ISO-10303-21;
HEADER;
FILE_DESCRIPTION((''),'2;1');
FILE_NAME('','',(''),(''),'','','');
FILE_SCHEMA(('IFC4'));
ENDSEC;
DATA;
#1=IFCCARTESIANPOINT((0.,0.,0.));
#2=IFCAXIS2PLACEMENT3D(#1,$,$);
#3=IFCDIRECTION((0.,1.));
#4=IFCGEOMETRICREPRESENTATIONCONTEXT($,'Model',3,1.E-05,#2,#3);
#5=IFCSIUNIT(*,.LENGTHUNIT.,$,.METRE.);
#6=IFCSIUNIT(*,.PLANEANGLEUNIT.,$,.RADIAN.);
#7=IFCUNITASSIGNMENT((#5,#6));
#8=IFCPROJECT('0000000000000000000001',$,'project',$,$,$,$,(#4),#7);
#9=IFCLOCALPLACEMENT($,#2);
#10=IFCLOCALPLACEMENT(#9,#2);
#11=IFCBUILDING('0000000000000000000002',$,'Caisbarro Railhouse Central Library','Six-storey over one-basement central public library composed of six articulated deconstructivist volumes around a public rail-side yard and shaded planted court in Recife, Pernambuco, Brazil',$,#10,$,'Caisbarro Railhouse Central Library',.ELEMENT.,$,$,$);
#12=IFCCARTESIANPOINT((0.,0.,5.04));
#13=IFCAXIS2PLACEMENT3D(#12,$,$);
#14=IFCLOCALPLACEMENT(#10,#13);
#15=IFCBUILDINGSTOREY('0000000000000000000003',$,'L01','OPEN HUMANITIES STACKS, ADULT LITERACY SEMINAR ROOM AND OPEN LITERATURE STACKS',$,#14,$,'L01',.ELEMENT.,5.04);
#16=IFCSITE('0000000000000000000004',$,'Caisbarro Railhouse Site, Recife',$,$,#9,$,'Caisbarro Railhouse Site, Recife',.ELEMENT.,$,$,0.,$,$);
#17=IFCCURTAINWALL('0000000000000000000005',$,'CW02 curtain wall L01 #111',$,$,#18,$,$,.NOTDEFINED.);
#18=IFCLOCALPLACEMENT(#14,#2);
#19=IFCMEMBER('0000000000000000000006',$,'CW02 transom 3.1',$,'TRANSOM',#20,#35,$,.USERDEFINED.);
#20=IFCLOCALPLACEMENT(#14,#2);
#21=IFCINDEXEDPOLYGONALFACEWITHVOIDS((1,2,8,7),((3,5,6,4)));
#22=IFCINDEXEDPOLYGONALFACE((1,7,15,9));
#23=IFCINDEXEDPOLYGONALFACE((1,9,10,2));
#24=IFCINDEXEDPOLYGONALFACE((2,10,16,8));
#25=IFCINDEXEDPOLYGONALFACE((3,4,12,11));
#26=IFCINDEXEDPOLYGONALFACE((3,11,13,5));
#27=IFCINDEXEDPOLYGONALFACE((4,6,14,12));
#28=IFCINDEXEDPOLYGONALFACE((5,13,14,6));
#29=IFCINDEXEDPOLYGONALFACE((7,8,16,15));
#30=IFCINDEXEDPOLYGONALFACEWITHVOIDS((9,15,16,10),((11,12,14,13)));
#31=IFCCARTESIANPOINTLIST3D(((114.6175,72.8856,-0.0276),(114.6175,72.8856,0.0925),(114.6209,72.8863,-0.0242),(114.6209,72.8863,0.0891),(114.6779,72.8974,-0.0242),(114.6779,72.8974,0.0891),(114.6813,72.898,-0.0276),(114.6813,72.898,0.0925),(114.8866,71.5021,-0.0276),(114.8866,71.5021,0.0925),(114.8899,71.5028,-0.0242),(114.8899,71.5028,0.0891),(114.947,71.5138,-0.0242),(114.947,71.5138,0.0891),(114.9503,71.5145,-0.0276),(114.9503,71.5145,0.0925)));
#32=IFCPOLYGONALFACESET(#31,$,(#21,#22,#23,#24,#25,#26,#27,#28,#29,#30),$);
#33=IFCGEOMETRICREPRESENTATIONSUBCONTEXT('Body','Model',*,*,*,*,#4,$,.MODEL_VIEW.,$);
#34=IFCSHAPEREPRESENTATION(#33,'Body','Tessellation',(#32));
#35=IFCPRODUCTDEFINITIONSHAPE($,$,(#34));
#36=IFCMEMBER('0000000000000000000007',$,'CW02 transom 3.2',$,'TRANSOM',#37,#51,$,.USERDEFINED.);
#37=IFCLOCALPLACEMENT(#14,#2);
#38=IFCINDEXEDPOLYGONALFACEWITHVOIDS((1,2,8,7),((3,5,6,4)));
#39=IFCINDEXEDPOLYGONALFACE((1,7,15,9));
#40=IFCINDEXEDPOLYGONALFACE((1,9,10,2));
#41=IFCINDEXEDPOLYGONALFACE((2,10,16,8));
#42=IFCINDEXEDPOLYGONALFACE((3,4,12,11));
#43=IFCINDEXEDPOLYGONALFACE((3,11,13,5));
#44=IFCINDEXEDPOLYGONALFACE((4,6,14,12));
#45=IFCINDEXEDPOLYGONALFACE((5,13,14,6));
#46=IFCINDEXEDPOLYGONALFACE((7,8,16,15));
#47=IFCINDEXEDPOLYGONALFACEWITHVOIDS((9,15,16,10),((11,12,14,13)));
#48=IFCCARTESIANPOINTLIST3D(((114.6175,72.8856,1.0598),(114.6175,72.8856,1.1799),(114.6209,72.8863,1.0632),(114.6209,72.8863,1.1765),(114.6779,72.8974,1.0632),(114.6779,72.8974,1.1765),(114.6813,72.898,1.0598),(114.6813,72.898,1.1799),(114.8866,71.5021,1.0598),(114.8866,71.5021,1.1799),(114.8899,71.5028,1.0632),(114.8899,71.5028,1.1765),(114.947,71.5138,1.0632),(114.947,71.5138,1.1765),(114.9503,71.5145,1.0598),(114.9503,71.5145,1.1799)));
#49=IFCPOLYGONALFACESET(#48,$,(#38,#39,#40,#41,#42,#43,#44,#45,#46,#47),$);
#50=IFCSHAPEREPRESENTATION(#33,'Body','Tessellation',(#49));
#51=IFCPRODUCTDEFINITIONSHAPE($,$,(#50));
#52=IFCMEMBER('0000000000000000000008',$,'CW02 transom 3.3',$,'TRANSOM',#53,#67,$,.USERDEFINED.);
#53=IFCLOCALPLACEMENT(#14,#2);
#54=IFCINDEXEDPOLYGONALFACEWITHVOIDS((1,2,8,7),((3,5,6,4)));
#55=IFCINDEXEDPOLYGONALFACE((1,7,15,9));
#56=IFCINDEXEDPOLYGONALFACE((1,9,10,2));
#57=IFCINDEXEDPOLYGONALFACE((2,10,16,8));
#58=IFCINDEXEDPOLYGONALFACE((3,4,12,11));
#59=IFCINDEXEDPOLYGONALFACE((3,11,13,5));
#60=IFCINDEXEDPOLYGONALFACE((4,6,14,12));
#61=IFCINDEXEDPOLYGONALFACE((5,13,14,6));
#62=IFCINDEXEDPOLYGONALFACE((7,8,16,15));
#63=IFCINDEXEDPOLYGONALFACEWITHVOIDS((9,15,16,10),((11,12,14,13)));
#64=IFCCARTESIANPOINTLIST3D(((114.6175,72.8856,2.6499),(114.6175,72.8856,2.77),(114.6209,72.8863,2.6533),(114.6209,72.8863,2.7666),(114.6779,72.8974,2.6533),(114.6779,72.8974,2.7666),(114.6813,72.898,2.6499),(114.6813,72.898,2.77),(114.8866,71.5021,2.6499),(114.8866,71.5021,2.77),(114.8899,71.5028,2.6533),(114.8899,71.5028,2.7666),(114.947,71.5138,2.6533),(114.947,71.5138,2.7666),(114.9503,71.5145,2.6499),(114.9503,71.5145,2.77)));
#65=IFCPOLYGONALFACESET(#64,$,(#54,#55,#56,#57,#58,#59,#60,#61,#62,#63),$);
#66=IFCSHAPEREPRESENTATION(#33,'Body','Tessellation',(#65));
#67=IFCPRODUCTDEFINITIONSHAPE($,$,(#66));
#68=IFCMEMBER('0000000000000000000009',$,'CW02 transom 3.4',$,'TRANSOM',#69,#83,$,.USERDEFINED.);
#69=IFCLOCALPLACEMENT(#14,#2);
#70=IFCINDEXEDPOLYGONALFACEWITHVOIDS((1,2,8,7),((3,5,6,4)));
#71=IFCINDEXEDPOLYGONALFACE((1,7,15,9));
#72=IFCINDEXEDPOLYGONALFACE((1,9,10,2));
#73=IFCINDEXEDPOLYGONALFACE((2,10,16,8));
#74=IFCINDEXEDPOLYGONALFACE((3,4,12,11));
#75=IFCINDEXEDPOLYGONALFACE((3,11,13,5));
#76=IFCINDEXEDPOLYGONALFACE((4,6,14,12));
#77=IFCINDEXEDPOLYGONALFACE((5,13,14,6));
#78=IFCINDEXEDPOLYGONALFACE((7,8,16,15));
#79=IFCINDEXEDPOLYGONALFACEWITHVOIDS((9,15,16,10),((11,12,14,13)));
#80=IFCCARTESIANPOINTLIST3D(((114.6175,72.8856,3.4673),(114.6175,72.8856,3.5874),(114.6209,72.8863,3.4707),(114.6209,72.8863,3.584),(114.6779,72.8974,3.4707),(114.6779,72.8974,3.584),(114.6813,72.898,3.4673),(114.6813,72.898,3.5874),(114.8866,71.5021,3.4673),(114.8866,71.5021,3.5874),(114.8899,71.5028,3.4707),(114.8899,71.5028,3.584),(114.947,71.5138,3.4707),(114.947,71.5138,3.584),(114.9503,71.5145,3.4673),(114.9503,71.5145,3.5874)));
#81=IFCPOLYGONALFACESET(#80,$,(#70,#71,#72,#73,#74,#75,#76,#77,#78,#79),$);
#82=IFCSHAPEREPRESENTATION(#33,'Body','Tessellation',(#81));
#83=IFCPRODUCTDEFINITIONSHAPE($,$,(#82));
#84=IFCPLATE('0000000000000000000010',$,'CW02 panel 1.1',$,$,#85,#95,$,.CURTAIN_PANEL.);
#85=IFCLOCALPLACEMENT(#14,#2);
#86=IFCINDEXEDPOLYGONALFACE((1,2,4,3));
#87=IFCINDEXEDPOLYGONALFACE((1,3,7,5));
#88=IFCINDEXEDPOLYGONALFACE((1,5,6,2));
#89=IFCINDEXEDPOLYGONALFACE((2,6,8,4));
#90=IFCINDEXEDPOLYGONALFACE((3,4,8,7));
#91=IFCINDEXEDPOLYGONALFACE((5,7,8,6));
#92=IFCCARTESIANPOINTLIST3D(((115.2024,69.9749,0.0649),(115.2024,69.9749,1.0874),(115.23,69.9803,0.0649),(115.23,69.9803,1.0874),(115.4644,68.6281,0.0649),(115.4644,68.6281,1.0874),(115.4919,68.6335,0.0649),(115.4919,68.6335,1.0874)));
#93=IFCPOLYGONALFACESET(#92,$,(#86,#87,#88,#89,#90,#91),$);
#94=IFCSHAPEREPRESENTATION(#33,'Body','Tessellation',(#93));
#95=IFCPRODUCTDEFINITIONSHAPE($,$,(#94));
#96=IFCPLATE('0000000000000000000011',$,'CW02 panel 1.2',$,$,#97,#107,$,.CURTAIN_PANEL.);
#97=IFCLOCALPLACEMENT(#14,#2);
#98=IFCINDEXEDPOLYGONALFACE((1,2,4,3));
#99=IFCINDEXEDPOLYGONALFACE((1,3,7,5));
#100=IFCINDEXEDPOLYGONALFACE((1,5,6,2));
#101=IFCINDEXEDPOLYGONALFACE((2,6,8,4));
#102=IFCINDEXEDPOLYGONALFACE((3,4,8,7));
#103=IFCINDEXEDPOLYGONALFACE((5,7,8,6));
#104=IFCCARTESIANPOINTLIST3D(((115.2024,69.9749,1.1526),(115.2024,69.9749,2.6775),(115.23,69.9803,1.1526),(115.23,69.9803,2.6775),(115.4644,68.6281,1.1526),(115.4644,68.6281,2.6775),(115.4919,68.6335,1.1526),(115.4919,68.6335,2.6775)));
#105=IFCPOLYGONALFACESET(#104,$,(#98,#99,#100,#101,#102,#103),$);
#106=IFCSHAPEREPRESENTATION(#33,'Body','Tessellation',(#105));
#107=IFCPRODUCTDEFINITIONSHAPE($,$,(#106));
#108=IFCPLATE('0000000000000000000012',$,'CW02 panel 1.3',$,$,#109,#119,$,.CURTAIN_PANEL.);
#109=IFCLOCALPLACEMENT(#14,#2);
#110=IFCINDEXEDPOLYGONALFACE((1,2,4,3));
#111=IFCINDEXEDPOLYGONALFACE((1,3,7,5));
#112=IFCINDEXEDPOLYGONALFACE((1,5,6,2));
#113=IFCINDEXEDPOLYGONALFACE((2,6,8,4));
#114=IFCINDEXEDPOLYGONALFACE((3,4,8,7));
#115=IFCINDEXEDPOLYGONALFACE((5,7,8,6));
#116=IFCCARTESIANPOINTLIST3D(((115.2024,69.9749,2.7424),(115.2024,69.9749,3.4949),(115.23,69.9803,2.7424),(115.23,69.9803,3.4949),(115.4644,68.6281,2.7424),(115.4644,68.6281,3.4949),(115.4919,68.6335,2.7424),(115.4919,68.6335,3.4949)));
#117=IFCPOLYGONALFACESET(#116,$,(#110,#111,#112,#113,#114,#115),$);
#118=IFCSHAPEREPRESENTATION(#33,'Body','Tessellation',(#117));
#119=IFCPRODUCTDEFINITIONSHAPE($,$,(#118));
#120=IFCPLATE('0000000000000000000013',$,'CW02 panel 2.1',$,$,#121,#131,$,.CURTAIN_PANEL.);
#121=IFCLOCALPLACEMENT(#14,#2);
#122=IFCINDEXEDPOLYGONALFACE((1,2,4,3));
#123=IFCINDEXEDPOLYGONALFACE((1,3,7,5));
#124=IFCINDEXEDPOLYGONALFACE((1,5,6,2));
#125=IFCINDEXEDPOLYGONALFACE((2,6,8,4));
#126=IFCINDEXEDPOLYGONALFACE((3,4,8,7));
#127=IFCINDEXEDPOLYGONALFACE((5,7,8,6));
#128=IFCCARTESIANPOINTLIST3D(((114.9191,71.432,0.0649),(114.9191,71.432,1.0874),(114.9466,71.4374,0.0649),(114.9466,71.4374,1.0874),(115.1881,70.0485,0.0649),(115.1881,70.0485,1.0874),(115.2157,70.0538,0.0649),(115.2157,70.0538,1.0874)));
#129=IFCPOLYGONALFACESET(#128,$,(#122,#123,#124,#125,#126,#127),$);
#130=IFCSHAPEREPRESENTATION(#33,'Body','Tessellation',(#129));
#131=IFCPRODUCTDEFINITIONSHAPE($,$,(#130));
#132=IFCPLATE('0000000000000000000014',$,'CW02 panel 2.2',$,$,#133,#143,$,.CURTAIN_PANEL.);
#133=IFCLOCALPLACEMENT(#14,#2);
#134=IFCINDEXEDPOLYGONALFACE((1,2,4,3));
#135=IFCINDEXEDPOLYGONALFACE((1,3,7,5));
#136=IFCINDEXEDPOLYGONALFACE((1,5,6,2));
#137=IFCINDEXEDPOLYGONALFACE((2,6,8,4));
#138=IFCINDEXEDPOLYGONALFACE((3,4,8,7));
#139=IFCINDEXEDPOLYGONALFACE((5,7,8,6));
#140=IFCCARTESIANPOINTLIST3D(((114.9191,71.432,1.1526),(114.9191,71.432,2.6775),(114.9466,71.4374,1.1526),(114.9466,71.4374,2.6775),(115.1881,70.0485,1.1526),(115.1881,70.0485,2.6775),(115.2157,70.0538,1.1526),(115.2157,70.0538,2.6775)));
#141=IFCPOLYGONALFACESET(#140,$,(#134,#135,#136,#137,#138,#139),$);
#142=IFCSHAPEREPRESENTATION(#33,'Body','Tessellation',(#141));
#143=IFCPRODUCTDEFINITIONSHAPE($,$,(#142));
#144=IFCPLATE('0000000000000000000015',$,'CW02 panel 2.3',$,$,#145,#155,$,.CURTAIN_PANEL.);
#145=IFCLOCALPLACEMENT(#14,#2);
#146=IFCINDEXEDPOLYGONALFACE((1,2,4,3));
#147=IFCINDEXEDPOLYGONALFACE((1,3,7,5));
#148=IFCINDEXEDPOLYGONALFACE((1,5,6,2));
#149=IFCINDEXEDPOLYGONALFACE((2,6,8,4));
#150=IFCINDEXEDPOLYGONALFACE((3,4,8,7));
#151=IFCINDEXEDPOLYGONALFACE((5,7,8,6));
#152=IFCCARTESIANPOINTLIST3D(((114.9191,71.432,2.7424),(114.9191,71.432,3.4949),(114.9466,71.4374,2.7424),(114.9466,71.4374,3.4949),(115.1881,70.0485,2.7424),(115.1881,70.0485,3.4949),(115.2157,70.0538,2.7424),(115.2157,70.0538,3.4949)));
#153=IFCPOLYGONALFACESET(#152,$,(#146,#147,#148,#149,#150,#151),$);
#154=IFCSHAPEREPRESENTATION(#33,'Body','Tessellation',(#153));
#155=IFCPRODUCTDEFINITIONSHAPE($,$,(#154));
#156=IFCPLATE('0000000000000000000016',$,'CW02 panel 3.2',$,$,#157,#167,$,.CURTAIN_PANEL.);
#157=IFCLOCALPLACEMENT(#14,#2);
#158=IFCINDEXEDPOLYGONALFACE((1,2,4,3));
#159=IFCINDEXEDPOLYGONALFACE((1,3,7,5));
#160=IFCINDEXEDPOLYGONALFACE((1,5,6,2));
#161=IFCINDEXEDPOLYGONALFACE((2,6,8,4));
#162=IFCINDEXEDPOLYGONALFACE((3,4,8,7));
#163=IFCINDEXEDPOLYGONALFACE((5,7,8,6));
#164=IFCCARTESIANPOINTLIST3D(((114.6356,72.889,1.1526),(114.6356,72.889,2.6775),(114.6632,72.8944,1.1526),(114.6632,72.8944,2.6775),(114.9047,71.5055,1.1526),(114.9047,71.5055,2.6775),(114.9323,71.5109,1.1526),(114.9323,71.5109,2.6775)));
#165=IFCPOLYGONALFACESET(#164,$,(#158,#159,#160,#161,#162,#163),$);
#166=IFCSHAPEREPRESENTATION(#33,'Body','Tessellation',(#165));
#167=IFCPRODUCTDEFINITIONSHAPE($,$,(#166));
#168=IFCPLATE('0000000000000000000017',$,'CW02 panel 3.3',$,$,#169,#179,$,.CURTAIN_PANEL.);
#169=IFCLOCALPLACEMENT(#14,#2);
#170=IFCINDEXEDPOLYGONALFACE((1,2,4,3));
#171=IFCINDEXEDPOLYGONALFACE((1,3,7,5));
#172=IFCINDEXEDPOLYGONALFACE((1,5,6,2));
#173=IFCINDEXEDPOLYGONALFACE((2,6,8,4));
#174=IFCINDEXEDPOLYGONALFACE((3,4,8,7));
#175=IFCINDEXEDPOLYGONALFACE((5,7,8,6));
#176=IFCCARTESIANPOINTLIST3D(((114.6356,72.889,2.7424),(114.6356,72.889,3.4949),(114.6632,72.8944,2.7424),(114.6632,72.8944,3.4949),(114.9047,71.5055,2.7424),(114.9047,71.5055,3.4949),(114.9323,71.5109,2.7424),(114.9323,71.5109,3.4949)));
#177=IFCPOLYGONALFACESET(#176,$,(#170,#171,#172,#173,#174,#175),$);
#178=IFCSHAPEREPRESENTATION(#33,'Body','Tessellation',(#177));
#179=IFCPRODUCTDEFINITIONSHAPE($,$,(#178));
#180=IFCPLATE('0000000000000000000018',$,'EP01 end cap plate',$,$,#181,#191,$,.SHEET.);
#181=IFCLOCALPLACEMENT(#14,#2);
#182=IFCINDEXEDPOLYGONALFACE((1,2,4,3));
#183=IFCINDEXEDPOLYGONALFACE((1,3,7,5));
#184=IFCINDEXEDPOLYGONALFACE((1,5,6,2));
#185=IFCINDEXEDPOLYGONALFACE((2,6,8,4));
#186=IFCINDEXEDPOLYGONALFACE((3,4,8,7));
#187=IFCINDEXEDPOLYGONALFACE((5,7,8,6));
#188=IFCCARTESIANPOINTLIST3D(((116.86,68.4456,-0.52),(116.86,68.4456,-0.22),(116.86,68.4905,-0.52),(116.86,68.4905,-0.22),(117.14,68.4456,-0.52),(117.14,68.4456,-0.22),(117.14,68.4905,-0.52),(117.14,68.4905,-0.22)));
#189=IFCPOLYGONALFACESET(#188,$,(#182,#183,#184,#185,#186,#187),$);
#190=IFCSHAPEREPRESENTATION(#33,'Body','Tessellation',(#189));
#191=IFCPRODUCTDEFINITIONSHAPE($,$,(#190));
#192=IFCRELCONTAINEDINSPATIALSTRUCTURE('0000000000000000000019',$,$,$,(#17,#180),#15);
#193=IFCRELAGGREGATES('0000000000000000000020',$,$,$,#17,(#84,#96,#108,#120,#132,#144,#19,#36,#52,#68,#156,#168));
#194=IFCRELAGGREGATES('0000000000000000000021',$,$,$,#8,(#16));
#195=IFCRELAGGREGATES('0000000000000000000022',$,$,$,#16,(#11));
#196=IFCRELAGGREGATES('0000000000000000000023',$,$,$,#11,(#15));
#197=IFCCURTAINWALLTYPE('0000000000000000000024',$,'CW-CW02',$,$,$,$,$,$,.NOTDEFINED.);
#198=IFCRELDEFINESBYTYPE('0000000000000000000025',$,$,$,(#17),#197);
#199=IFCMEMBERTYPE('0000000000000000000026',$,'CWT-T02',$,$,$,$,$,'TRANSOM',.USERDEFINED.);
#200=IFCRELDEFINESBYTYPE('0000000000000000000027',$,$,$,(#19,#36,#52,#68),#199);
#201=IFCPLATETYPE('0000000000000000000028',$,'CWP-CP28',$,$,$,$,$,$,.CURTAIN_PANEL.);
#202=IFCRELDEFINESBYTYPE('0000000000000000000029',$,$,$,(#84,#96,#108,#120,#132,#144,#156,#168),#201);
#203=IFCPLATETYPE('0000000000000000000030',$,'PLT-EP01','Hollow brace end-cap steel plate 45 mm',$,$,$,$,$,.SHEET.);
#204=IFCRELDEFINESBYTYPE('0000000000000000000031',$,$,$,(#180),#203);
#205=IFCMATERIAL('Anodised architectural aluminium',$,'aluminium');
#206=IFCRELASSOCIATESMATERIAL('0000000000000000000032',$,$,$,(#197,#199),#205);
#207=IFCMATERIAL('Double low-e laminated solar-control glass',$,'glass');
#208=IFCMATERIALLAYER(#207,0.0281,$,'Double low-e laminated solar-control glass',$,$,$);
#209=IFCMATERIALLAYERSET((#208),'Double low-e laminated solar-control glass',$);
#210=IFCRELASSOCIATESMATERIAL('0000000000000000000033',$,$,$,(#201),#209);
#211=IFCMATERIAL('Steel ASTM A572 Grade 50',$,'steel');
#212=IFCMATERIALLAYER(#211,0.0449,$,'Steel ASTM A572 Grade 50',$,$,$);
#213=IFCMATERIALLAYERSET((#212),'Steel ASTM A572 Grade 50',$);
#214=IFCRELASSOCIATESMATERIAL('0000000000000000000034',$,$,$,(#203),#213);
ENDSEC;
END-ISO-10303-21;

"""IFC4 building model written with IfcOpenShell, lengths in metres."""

from ifc_helpers import new_model, si_unit, direction, frame, origin, origin_2d, place, context, subcontext, project, spatial, rectangle, hollow_rectangle, extrude, material, layer, layer_set, material_profile, profile_set, type_object, element, aggregate, save


model = new_model("IFC4")

# Units and contexts
model_context = context("Model", 3, precision=1e-05, world=origin(), true_north=direction((0.0, 1.0)))
body_context = subcontext(model_context, "Body", "Model", "MODEL_VIEW")
ifc_project = project(units=[si_unit("LENGTHUNIT", "METRE"), si_unit("PLANEANGLEUNIT", "RADIAN")], contexts=[model_context])

# Site, building, storey
site_placement = place(None, origin())
site = spatial("IfcSite", under=ifc_project, at=site_placement, Name="Caisbarro Railhouse Site, Recife", LongName="Caisbarro Railhouse Site, Recife", CompositionType="ELEMENT", RefElevation=0.0)
building_placement = place(site_placement, origin())
building = spatial("IfcBuilding", under=site, at=building_placement, Name="Caisbarro Railhouse Central Library", Description="Six-storey over one-basement central public library composed of six articulated deconstructivist volumes around a public rail-side yard and shaded planted court in Recife, Pernambuco, Brazil", LongName="Caisbarro Railhouse Central Library", CompositionType="ELEMENT")
storey_placement = place(building_placement, frame((0.0, 0.0, 5.04)))
storey = spatial("IfcBuildingStorey", under=building, at=storey_placement, Name="L01", Description="OPEN HUMANITIES STACKS, ADULT LITERACY SEMINAR ROOM AND OPEN LITERATURE STACKS", LongName="L01", CompositionType="ELEMENT", Elevation=5.04)

# Shared definitions
ifc_material_1 = material(Name="Steel ASTM A572 Grade 50", Category="steel")

# Curtain wall, members, plates
ifc_material_2 = material(Name="Anodised architectural aluminium", Category="aluminium")
curtain_wall_type = type_object("IfcCurtainWallType", Name="CW-CW02", PredefinedType="NOTDEFINED", material=ifc_material_2)
curtain_wall_placement = place(storey_placement, origin())
curtain_wall = element("IfcCurtainWall", 1, at=curtain_wall_placement, inside=storey, type_object=curtain_wall_type, Name="CW02 curtain wall L01 #111", PredefinedType="NOTDEFINED")
ifc_material_profile_1 = material_profile(ifc_material_2, hollow_rectangle(XDim=0.0649, YDim=0.1201, WallThickness=0.0034, at=origin_2d()), Name="ALU-TRN-65X120")
ifc_profile_set_1 = profile_set([ifc_material_profile_1], Name="Anodised architectural aluminium")
member_type_1 = type_object("IfcMemberType", Name="CWT-T02", ElementType="TRANSOM", PredefinedType="USERDEFINED", material=ifc_profile_set_1)
member_1_placement = place(storey_placement, frame((114.9185, 71.5083, 0.0325), z_axis=(-0.190884, 0.981613, 0.0), x_axis=(-0.981613, -0.190884, 0.0)))
member_1 = element("IfcMember", 2, at=member_1_placement, type_object=member_type_1, Name="CW02 transom 3.1", ObjectType="TRANSOM", PredefinedType="USERDEFINED", context=body_context, shape_type="SweptSolid", body=[
    extrude(hollow_rectangle(XDim=0.0649, YDim=0.1201, WallThickness=0.0034, at=origin_2d()), origin(), (0.0, 0.0, 1.0), 1.4094),
])
member_2_placement = place(storey_placement, frame((114.9185, 71.5083, 1.1199), z_axis=(-0.190884, 0.981613, 0.0), x_axis=(-0.981613, -0.190884, 0.0)))
member_2 = element("IfcMember", 3, at=member_2_placement, type_object=member_type_1, Name="CW02 transom 3.2", ObjectType="TRANSOM", PredefinedType="USERDEFINED", context=body_context, shape_type="SweptSolid", body=[
    extrude(hollow_rectangle(XDim=0.0649, YDim=0.1201, WallThickness=0.0034, at=origin_2d()), origin(), (0.0, 0.0, 1.0), 1.4094),
])
member_3_placement = place(storey_placement, frame((114.9185, 71.5083, 2.71), z_axis=(-0.190884, 0.981613, 0.0), x_axis=(-0.981613, -0.190884, 0.0)))
member_3 = element("IfcMember", 4, at=member_3_placement, type_object=member_type_1, Name="CW02 transom 3.3", ObjectType="TRANSOM", PredefinedType="USERDEFINED", context=body_context, shape_type="SweptSolid", body=[
    extrude(hollow_rectangle(XDim=0.0649, YDim=0.1201, WallThickness=0.0034, at=origin_2d()), origin(), (0.0, 0.0, 1.0), 1.4094),
])
member_4_placement = place(storey_placement, frame((114.9185, 71.5083, 3.5273), z_axis=(-0.190884, 0.981613, 0.0), x_axis=(-0.981613, -0.190884, 0.0)))
member_4 = element("IfcMember", 5, at=member_4_placement, type_object=member_type_1, Name="CW02 transom 3.4", ObjectType="TRANSOM", PredefinedType="USERDEFINED", context=body_context, shape_type="SweptSolid", body=[
    extrude(hollow_rectangle(XDim=0.0649, YDim=0.1201, WallThickness=0.0034, at=origin_2d()), origin(), (0.0, 0.0, 1.0), 1.4094),
])
ifc_material_3 = material(Name="Double low-e laminated solar-control glass", Category="glass")
ifc_layer_1 = layer(ifc_material_3, 0.0281, Name="Double low-e laminated solar-control glass")
ifc_layer_set_1 = layer_set([ifc_layer_1], Name="Double low-e laminated solar-control glass")
plate_type_1 = type_object("IfcPlateType", Name="CWP-CP28", PredefinedType="CURTAIN_PANEL", material=ifc_layer_set_1)
plate_1_placement = place(storey_placement, frame((115.3472, 69.3042, 0.0649), z_axis=(0.0, 0.0, 1.0), x_axis=(-0.190911, 0.981607, 0.0)))
plate_1 = element("IfcPlate", 6, at=plate_1_placement, type_object=plate_type_1, Name="CW02 panel 1.1", PredefinedType="CURTAIN_PANEL", context=body_context, shape_type="SweptSolid", body=[
    extrude(rectangle(XDim=1.3721, YDim=0.0281, at=origin_2d()), origin(), (0.0, 0.0, 1.0), 1.0225),
])
plate_2_placement = place(storey_placement, frame((115.3472, 69.3042, 1.1526), z_axis=(0.0, 0.0, 1.0), x_axis=(-0.190911, 0.981607, 0.0)))
plate_2 = element("IfcPlate", 7, at=plate_2_placement, type_object=plate_type_1, Name="CW02 panel 1.2", PredefinedType="CURTAIN_PANEL", context=body_context, shape_type="SweptSolid", body=[
    extrude(rectangle(XDim=1.3721, YDim=0.0281, at=origin_2d()), origin(), (0.0, 0.0, 1.0), 1.5249),
])
plate_3_placement = place(storey_placement, frame((115.3472, 69.3042, 2.7424), z_axis=(0.0, 0.0, 1.0), x_axis=(-0.190911, 0.981607, 0.0)))
plate_3 = element("IfcPlate", 8, at=plate_3_placement, type_object=plate_type_1, Name="CW02 panel 1.3", PredefinedType="CURTAIN_PANEL", context=body_context, shape_type="SweptSolid", body=[
    extrude(rectangle(XDim=1.3721, YDim=0.0281, at=origin_2d()), origin(), (0.0, 0.0, 1.0), 0.7524),
])
plate_4_placement = place(storey_placement, frame((115.0674, 70.7429, 0.0649), z_axis=(0.0, 0.0, 1.0), x_axis=(-0.190911, 0.981607, 0.0)))
plate_4 = element("IfcPlate", 9, at=plate_4_placement, type_object=plate_type_1, Name="CW02 panel 2.1", PredefinedType="CURTAIN_PANEL", context=body_context, shape_type="SweptSolid", body=[
    extrude(rectangle(XDim=1.4094, YDim=0.0281, at=origin_2d()), origin(), (0.0, 0.0, 1.0), 1.0225),
])
plate_5_placement = place(storey_placement, frame((115.0674, 70.7429, 1.1526), z_axis=(0.0, 0.0, 1.0), x_axis=(-0.190911, 0.981607, 0.0)))
plate_5 = element("IfcPlate", 10, at=plate_5_placement, type_object=plate_type_1, Name="CW02 panel 2.2", PredefinedType="CURTAIN_PANEL", context=body_context, shape_type="SweptSolid", body=[
    extrude(rectangle(XDim=1.4094, YDim=0.0281, at=origin_2d()), origin(), (0.0, 0.0, 1.0), 1.5249),
])
plate_6_placement = place(storey_placement, frame((115.0674, 70.7429, 2.7424), z_axis=(0.0, 0.0, 1.0), x_axis=(-0.190911, 0.981607, 0.0)))
plate_6 = element("IfcPlate", 11, at=plate_6_placement, type_object=plate_type_1, Name="CW02 panel 2.3", PredefinedType="CURTAIN_PANEL", context=body_context, shape_type="SweptSolid", body=[
    extrude(rectangle(XDim=1.4094, YDim=0.0281, at=origin_2d()), origin(), (0.0, 0.0, 1.0), 0.7524),
])
plate_7_placement = place(storey_placement, frame((114.7839, 72.2, 1.1526), z_axis=(0.0, 0.0, 1.0), x_axis=(-0.190911, 0.981607, 0.0)))
plate_7 = element("IfcPlate", 12, at=plate_7_placement, type_object=plate_type_1, Name="CW02 panel 3.2", PredefinedType="CURTAIN_PANEL", context=body_context, shape_type="SweptSolid", body=[
    extrude(rectangle(XDim=1.4094, YDim=0.0281, at=origin_2d()), origin(), (0.0, 0.0, 1.0), 1.5249),
])
plate_8_placement = place(storey_placement, frame((114.7839, 72.2, 2.7424), z_axis=(0.0, 0.0, 1.0), x_axis=(-0.190911, 0.981607, 0.0)))
plate_8 = element("IfcPlate", 13, at=plate_8_placement, type_object=plate_type_1, Name="CW02 panel 3.3", PredefinedType="CURTAIN_PANEL", context=body_context, shape_type="SweptSolid", body=[
    extrude(rectangle(XDim=1.4094, YDim=0.0281, at=origin_2d()), origin(), (0.0, 0.0, 1.0), 0.7524),
])
aggregate(curtain_wall, [plate_1, plate_2, plate_3, plate_4, plate_5, plate_6, member_1, member_2, member_3, member_4, plate_7, plate_8])

# Plate
ifc_layer_2 = layer(ifc_material_1, 0.0449, Name="Steel ASTM A572 Grade 50")
ifc_layer_set_2 = layer_set([ifc_layer_2], Name="Steel ASTM A572 Grade 50")
plate_type_2 = type_object("IfcPlateType", Name="PLT-EP01", Description="Hollow brace end-cap steel plate 45 mm", PredefinedType="SHEET", material=ifc_layer_set_2)
for number, where, z_axis, x_axis, name in (
    (14, (117.0, 68.468, -0.52), (0.0, 0.0, 1.0), (0.0, 1.0, 0.0), "EP01 end cap plate"),
):
    element("IfcPlate", number, at=place(storey_placement, frame(where, z_axis=z_axis, x_axis=x_axis)), inside=storey, type_object=plate_type_2, Name=name, PredefinedType="SHEET", context=body_context, shape_type="SweptSolid", body=[
        extrude(rectangle(XDim=0.0449, YDim=0.28, at=origin_2d()), origin(), (0.0, 0.0, 1.0), 0.3),
    ])

save(model, "model.ifc")
